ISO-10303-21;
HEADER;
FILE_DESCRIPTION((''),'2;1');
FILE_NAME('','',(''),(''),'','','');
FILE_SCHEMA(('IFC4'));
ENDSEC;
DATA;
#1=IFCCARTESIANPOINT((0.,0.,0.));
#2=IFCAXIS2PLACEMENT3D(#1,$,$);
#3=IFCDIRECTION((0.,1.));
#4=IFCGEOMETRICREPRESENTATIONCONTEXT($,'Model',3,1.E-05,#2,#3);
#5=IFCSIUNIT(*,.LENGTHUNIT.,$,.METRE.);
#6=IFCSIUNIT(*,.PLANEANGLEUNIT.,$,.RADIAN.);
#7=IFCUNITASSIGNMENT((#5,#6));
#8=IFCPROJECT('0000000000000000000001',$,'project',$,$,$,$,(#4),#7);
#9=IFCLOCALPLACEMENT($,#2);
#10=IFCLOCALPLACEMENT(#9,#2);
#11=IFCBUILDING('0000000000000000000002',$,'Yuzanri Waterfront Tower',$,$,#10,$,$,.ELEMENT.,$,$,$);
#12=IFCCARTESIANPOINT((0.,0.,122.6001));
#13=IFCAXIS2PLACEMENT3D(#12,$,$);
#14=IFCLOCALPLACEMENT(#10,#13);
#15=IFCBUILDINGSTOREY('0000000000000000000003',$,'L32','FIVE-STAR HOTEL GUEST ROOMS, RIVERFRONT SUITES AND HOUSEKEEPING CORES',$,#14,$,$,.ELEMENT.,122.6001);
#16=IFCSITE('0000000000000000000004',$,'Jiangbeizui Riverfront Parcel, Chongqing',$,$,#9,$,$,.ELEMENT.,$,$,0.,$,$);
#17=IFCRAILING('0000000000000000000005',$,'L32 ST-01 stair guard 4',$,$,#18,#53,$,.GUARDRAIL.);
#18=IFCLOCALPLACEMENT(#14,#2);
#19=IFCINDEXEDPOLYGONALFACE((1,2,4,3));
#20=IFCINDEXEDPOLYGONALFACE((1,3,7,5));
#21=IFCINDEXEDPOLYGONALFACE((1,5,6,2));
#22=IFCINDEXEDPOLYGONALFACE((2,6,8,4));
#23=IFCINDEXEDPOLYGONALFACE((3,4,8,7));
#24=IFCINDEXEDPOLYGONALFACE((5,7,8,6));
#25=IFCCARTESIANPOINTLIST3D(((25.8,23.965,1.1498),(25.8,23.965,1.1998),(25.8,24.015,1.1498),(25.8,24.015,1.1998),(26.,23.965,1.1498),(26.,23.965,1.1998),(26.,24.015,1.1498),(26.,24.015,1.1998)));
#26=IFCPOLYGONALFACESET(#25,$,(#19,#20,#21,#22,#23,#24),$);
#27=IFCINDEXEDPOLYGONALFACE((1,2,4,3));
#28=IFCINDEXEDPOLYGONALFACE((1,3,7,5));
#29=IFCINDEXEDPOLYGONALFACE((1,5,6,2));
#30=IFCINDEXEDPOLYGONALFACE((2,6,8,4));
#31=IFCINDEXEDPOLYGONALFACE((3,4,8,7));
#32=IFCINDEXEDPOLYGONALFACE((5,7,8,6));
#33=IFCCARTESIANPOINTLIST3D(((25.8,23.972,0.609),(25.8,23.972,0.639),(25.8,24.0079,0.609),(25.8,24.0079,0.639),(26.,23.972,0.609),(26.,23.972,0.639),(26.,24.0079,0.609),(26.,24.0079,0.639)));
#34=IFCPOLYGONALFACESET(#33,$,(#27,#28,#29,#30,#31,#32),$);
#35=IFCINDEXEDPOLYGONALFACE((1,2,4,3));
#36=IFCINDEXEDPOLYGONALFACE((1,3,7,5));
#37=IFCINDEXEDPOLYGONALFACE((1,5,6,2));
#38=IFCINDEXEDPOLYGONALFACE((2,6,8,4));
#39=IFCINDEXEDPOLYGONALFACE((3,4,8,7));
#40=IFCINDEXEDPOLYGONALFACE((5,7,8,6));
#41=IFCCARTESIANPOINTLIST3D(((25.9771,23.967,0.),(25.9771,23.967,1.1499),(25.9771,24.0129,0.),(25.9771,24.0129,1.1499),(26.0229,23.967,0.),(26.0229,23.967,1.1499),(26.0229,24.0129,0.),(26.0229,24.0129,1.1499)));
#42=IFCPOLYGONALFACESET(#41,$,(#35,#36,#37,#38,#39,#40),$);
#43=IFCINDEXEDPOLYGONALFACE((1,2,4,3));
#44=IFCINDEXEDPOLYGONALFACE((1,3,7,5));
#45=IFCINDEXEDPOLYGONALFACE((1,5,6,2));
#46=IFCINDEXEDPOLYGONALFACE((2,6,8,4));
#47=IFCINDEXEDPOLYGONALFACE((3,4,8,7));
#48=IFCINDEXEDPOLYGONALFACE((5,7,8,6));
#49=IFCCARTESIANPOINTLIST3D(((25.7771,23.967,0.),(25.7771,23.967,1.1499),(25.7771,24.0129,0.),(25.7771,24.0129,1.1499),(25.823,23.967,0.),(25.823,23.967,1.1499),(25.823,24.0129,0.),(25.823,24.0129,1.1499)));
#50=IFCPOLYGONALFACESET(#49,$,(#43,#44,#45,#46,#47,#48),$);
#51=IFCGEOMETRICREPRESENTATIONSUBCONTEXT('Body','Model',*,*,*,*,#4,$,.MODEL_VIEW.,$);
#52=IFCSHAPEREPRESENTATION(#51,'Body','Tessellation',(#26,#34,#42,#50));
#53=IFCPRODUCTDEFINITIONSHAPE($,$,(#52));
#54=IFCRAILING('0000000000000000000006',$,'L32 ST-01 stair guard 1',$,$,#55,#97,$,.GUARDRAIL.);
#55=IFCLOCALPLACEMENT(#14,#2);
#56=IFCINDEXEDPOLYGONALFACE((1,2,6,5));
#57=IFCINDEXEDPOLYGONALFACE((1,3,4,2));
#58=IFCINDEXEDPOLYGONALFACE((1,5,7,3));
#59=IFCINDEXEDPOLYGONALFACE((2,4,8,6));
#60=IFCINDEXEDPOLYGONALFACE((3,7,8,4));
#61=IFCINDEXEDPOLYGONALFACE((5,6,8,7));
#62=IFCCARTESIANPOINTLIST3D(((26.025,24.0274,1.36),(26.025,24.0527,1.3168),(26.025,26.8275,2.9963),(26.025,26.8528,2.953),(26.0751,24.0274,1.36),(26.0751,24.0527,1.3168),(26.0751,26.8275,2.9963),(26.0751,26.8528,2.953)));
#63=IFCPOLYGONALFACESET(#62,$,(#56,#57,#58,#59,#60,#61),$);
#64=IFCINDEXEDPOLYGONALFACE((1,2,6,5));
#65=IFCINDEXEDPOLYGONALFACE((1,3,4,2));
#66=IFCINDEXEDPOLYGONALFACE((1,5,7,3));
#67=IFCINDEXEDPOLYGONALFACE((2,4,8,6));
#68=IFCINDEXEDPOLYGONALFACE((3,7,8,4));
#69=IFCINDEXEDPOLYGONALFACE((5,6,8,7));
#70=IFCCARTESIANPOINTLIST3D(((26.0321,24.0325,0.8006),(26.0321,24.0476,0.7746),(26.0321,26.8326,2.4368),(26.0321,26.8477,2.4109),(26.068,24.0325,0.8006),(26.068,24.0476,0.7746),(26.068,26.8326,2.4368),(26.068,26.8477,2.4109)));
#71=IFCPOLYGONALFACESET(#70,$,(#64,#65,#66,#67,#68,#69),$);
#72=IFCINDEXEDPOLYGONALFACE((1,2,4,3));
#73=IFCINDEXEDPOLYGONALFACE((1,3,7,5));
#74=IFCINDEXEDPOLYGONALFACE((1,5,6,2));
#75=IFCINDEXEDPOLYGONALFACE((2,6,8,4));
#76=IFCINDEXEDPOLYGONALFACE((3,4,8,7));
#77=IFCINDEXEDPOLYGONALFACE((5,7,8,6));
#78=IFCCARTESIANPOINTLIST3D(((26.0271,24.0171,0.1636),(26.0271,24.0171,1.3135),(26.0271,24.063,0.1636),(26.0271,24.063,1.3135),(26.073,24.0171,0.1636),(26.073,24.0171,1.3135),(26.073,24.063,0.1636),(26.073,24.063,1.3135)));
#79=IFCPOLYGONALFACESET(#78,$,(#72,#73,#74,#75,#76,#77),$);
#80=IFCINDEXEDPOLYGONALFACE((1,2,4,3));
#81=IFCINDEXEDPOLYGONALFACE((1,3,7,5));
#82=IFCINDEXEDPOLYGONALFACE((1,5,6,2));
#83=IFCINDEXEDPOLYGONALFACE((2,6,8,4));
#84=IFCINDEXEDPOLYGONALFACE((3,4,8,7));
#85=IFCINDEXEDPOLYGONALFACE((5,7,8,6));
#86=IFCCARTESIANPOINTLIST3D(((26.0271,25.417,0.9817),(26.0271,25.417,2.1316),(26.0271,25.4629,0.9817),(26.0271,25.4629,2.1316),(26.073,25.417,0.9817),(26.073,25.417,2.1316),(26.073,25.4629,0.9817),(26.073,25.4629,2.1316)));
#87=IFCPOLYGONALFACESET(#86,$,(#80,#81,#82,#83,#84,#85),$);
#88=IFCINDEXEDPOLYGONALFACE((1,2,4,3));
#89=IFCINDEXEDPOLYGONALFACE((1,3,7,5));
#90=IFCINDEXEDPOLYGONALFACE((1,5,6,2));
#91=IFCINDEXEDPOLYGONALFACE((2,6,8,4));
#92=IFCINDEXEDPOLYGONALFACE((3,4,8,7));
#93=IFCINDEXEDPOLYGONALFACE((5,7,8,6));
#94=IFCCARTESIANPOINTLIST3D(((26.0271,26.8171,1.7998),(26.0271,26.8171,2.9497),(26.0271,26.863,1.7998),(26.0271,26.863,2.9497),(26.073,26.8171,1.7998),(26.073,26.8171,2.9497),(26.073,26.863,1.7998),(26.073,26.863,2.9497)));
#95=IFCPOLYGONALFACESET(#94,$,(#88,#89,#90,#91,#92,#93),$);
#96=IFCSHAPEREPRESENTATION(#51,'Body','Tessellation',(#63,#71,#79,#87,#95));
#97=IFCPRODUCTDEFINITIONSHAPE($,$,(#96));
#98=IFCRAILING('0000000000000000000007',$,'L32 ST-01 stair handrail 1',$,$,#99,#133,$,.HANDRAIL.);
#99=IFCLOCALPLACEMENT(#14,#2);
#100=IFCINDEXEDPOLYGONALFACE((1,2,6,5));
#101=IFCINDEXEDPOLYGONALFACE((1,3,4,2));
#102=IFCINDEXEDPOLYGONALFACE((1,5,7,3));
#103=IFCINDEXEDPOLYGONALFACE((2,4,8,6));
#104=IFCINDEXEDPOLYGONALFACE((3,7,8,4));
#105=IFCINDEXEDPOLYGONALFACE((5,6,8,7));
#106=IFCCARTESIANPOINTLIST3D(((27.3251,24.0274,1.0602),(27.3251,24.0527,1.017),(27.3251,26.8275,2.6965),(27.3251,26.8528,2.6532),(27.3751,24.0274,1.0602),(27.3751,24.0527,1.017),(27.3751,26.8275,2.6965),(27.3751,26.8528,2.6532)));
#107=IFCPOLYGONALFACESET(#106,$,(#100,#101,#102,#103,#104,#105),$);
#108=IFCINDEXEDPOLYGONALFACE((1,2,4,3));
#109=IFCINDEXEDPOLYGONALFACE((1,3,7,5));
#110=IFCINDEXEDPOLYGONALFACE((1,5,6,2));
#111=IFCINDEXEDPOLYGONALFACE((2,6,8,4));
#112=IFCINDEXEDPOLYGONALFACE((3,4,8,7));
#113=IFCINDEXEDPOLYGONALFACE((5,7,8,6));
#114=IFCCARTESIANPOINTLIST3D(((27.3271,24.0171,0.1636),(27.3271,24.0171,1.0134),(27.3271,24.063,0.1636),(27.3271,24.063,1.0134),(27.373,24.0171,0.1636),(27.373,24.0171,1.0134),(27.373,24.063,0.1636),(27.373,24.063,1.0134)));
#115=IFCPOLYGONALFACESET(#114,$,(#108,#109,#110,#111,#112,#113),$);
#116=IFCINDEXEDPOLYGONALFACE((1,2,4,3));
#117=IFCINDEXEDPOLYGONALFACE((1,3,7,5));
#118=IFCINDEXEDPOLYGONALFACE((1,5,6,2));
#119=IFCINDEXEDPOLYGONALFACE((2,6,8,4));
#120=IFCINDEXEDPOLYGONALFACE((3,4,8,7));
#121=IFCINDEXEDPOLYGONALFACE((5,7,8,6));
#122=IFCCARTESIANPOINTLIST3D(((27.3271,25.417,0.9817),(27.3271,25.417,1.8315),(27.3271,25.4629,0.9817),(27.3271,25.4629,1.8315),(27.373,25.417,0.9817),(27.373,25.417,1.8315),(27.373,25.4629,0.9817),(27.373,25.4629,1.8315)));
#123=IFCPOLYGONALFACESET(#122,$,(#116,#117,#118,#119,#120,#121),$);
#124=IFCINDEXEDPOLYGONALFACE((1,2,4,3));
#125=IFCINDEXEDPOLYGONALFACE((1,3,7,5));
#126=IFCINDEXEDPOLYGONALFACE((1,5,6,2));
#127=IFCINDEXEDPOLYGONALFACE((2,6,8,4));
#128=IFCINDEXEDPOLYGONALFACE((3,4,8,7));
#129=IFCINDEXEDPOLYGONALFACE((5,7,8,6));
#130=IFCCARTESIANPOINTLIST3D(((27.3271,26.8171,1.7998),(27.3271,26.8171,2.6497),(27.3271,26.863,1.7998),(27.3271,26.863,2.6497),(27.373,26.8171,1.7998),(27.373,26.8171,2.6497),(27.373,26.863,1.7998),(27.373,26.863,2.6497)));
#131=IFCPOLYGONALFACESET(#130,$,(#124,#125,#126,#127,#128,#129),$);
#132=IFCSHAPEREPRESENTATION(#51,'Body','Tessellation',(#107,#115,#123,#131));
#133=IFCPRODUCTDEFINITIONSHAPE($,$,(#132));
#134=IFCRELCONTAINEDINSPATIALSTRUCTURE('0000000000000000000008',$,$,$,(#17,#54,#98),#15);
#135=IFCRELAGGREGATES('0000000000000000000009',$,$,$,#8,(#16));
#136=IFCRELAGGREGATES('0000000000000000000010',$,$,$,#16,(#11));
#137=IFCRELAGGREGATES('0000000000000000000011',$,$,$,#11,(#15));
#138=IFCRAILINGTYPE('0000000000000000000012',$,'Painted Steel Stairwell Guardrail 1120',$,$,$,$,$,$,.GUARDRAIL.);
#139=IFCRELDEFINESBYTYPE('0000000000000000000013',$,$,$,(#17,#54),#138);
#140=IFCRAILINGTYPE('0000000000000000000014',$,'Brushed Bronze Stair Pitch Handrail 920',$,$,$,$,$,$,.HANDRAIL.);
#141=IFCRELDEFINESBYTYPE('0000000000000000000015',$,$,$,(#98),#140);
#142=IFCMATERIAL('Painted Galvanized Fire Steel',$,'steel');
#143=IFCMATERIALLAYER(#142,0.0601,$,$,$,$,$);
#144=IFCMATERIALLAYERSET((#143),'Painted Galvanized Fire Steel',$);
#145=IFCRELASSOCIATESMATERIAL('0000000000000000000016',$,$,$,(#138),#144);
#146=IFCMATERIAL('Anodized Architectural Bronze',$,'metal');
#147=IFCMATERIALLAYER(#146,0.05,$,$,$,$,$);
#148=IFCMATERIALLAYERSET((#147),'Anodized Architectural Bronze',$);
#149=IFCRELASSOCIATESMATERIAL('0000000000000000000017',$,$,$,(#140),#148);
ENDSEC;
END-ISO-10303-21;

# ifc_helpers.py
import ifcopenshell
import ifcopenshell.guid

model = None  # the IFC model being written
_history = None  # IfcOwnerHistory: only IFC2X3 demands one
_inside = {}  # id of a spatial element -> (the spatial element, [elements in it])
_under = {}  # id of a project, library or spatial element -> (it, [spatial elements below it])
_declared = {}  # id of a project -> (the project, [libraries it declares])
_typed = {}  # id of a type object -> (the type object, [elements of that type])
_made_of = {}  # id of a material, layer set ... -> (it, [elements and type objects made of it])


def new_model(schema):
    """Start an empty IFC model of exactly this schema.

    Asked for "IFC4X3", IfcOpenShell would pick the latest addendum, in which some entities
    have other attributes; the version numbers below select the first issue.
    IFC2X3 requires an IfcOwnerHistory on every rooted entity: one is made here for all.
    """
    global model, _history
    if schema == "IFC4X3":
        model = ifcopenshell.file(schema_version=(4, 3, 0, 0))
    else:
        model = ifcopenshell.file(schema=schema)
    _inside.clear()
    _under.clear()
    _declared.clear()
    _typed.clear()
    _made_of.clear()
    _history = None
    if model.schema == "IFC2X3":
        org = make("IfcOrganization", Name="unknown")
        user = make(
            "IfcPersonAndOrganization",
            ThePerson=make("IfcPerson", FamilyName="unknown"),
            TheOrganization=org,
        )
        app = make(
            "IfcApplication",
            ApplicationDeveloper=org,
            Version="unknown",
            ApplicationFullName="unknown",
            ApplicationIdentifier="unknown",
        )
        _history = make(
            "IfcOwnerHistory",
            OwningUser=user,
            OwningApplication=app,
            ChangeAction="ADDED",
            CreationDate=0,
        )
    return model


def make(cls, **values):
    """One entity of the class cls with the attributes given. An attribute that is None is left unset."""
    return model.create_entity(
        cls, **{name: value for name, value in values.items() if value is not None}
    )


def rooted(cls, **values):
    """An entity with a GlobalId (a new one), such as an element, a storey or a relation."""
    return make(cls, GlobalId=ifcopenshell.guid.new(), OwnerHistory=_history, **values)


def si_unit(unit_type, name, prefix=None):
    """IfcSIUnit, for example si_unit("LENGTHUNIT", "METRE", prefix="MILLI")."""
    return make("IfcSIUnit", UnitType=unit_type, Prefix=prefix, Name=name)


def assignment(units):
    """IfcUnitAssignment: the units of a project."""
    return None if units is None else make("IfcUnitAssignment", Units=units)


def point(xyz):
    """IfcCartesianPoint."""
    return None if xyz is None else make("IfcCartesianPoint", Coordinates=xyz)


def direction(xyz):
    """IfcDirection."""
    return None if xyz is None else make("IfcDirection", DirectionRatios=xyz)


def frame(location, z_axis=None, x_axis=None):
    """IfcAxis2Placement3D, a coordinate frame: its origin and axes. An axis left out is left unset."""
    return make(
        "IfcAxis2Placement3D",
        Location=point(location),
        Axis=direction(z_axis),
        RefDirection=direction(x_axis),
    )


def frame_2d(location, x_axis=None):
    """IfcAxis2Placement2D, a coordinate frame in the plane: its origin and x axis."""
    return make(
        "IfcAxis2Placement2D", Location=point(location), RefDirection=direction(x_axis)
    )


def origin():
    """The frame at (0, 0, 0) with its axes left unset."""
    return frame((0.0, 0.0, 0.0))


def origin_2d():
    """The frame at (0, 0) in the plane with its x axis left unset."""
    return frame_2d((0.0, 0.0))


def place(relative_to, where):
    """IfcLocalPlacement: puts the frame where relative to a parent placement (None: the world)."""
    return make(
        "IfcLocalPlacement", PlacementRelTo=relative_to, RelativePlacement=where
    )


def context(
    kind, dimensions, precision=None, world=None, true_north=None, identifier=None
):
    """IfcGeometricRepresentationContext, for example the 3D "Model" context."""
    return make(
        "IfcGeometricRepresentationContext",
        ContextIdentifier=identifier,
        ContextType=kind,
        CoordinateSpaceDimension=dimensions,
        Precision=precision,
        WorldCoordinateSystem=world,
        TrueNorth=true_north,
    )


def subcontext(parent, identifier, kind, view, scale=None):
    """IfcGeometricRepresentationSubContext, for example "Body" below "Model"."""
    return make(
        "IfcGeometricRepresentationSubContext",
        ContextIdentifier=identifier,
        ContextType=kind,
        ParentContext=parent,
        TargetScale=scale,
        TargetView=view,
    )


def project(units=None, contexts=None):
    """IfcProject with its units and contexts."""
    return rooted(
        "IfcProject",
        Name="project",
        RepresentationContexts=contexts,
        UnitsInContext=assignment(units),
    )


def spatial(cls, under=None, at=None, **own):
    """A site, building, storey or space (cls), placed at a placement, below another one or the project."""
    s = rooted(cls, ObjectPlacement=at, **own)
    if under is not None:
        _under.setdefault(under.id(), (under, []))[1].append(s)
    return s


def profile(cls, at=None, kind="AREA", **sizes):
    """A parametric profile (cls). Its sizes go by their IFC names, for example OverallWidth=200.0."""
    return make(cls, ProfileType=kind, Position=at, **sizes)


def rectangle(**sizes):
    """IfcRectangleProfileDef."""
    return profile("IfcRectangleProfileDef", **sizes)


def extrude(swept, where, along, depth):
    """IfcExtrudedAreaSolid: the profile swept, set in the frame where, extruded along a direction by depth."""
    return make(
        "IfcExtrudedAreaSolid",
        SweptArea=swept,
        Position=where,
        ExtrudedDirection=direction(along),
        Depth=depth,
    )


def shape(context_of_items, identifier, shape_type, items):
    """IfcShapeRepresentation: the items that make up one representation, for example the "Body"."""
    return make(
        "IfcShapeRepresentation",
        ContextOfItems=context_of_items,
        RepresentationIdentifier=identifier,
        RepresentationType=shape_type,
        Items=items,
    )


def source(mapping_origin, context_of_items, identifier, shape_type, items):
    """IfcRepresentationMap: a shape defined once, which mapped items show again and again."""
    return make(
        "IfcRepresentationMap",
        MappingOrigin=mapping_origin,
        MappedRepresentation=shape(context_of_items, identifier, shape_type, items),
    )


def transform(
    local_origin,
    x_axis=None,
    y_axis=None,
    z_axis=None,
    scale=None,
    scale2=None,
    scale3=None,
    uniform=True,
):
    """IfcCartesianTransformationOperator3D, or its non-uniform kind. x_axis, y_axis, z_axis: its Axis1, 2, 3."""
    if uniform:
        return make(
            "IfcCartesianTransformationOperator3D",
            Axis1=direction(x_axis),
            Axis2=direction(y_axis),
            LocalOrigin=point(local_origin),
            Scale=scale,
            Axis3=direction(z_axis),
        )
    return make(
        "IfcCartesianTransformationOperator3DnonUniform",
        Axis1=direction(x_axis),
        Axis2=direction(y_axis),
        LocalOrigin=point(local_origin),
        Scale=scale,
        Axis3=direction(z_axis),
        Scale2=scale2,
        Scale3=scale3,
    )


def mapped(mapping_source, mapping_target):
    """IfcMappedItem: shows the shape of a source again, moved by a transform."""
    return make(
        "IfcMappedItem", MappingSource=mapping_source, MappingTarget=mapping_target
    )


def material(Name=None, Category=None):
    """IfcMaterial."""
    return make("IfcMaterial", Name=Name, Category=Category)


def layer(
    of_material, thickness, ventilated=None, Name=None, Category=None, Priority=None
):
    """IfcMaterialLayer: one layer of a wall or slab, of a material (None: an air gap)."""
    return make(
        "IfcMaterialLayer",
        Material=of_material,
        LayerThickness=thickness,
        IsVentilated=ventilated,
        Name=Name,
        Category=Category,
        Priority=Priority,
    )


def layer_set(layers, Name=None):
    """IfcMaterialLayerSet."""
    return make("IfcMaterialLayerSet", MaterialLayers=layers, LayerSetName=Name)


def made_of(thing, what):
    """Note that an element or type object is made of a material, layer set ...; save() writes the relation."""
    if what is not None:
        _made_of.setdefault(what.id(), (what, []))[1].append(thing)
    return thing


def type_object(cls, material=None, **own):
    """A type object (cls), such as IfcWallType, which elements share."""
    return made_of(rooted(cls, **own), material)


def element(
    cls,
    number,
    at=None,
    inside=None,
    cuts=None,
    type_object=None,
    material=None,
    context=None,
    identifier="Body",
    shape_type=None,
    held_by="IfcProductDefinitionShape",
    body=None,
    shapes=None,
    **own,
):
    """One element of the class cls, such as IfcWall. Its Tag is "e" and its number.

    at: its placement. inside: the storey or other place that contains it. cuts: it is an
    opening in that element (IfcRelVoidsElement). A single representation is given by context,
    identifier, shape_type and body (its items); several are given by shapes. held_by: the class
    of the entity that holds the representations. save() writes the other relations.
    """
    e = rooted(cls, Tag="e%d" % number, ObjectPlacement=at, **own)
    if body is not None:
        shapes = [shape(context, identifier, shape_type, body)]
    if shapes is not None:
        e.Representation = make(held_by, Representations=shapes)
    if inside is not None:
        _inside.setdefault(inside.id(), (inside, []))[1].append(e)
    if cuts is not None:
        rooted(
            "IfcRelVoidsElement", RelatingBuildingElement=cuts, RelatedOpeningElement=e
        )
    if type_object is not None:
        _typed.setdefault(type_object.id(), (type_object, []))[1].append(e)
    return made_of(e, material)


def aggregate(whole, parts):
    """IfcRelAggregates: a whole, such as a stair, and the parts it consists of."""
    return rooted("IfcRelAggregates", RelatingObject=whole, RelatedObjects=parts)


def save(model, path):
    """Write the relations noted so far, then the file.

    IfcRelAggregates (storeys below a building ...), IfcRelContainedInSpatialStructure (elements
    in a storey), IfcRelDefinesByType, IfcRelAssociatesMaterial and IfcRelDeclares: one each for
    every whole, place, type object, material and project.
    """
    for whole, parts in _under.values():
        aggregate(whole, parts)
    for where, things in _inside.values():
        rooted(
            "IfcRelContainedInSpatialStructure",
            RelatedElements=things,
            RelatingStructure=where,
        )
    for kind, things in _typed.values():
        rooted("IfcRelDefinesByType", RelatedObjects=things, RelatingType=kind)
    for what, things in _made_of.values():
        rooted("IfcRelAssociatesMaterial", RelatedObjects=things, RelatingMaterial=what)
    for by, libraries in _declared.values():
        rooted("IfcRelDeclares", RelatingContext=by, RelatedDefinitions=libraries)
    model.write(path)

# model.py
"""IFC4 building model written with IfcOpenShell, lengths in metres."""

from ifc_helpers import new_model, si_unit, direction, frame, origin, origin_2d, place, context, subcontext, project, spatial, rectangle, extrude, source, transform, mapped, material, layer, layer_set, type_object, element, save


model = new_model("IFC4")

# Units and contexts
model_context = context("Model", 3, precision=1e-05, world=origin(), true_north=direction((0.0, 1.0)))
body_context = subcontext(model_context, "Body", "Model", "MODEL_VIEW")
ifc_project = project(units=[si_unit("LENGTHUNIT", "METRE"), si_unit("PLANEANGLEUNIT", "RADIAN")], contexts=[model_context])

# Site, building, storey
site_placement = place(None, origin())
site = spatial("IfcSite", under=ifc_project, at=site_placement, Name="Jiangbeizui Riverfront Parcel, Chongqing", CompositionType="ELEMENT", RefElevation=0.0)
building_placement = place(site_placement, origin())
building = spatial("IfcBuilding", under=site, at=building_placement, Name="Yuzanri Waterfront Tower", CompositionType="ELEMENT")
storey_placement = place(building_placement, frame((0.0, 0.0, 122.6001)))
storey = spatial("IfcBuildingStorey", under=building, at=storey_placement, Name="L32", Description="FIVE-STAR HOTEL GUEST ROOMS, RIVERFRONT SUITES AND HOUSEKEEPING CORES", CompositionType="ELEMENT", Elevation=122.6001)

# Railings
ifc_material_1 = material(Name="Painted Galvanized Fire Steel", Category="steel")
ifc_layer_1 = layer(ifc_material_1, 0.0601)
ifc_layer_set_1 = layer_set([ifc_layer_1], Name="Painted Galvanized Fire Steel")
railing_type_1 = type_object("IfcRailingType", Name="Painted Steel Stairwell Guardrail 1120", PredefinedType="GUARDRAIL", material=ifc_layer_set_1)
shared_shape_1 = source(origin(), body_context, "Body", "SweptSolid", [
    extrude(rectangle(XDim=0.05, YDim=0.05, at=origin_2d()), frame((0.0, 0.0, 1.1748), z_axis=(-1.0, 0.0, 0.0), x_axis=(0.0, -1.0, 0.0)), (0.0, 0.0, 1.0), 0.2),
    extrude(rectangle(XDim=0.0359, YDim=0.03, at=origin_2d()), frame((0.0, 0.0, 0.624), z_axis=(-1.0, 0.0, 0.0), x_axis=(0.0, -1.0, 0.0)), (0.0, 0.0, 1.0), 0.2),
    extrude(rectangle(XDim=0.0459, YDim=0.0459, at=origin_2d()), origin(), (0.0, 0.0, 1.0), 1.1499),
    extrude(rectangle(XDim=0.0459, YDim=0.0459, at=origin_2d()), frame((-0.2, 0.0, 0.0)), (0.0, 0.0, 1.0), 1.1499),
])
railing_1_placement = place(storey_placement, frame((26.0, 23.99, 0.0)))
element("IfcRailing", 1, at=railing_1_placement, inside=storey, type_object=railing_type_1, Name="L32 ST-01 stair guard 4", PredefinedType="GUARDRAIL", context=body_context, shape_type="MappedRepresentation", body=[
    mapped(shared_shape_1, transform((0.0, 0.0, 0.0), scale=1.0)),
])
shared_shape_2 = source(origin(), body_context, "Body", "SweptSolid", [
    extrude(rectangle(XDim=0.05, YDim=0.05, at=origin_2d()), frame((0.0, 0.0, 1.1748), z_axis=(0.0, 0.863394, 0.504531), x_axis=(-1.0, 0.0, 0.0)), (0.0, 0.0, 1.0), 3.2432),
    extrude(rectangle(XDim=0.0359, YDim=0.03, at=origin_2d()), frame((0.0, 0.0, 0.624), z_axis=(0.0, 0.863394, 0.504531), x_axis=(-1.0, 0.0, 0.0)), (0.0, 0.0, 1.0), 3.2432),
    extrude(rectangle(XDim=0.0459, YDim=0.0459, at=origin_2d()), origin(), (0.0, 0.0, 1.0), 1.1499),
    extrude(rectangle(XDim=0.0459, YDim=0.0459, at=origin_2d()), frame((0.0, 1.3999, 0.8181)), (0.0, 0.0, 1.0), 1.1499),
    extrude(rectangle(XDim=0.0459, YDim=0.0459, at=origin_2d()), frame((0.0, 2.8, 1.6362)), (0.0, 0.0, 1.0), 1.1499),
])
railing_2_placement = place(storey_placement, frame((26.05, 24.04, 0.1636)))
element("IfcRailing", 2, at=railing_2_placement, inside=storey, type_object=railing_type_1, Name="L32 ST-01 stair guard 1", PredefinedType="GUARDRAIL", context=body_context, shape_type="MappedRepresentation", body=[
    mapped(shared_shape_2, transform((0.0, 0.0, 0.0), scale=1.0)),
])
ifc_material_2 = material(Name="Anodized Architectural Bronze", Category="metal")
ifc_layer_2 = layer(ifc_material_2, 0.05)
ifc_layer_set_2 = layer_set([ifc_layer_2], Name="Anodized Architectural Bronze")
railing_type_2 = type_object("IfcRailingType", Name="Brushed Bronze Stair Pitch Handrail 920", PredefinedType="HANDRAIL", material=ifc_layer_set_2)
shared_shape_3 = source(origin(), body_context, "Body", "SweptSolid", [
    extrude(rectangle(XDim=0.05, YDim=0.05, at=origin_2d()), frame((0.0, 0.0, 0.875), z_axis=(0.0, 0.863394, 0.504531), x_axis=(-1.0, 0.0, 0.0)), (0.0, 0.0, 1.0), 3.2432),
    extrude(rectangle(XDim=0.0459, YDim=0.0459, at=origin_2d()), origin(), (0.0, 0.0, 1.0), 0.8499),
    extrude(rectangle(XDim=0.0459, YDim=0.0459, at=origin_2d()), frame((0.0, 1.3999, 0.8181)), (0.0, 0.0, 1.0), 0.8499),
    extrude(rectangle(XDim=0.0459, YDim=0.0459, at=origin_2d()), frame((0.0, 2.8, 1.6362)), (0.0, 0.0, 1.0), 0.8499),
])
railing_3_placement = place(storey_placement, frame((27.3501, 24.04, 0.1636)))
element("IfcRailing", 3, at=railing_3_placement, inside=storey, type_object=railing_type_2, Name="L32 ST-01 stair handrail 1", PredefinedType="HANDRAIL", context=body_context, shape_type="MappedRepresentation", body=[
    mapped(shared_shape_3, transform((0.0, 0.0, 0.0), scale=1.0)),
])

save(model, "model.ifc")
